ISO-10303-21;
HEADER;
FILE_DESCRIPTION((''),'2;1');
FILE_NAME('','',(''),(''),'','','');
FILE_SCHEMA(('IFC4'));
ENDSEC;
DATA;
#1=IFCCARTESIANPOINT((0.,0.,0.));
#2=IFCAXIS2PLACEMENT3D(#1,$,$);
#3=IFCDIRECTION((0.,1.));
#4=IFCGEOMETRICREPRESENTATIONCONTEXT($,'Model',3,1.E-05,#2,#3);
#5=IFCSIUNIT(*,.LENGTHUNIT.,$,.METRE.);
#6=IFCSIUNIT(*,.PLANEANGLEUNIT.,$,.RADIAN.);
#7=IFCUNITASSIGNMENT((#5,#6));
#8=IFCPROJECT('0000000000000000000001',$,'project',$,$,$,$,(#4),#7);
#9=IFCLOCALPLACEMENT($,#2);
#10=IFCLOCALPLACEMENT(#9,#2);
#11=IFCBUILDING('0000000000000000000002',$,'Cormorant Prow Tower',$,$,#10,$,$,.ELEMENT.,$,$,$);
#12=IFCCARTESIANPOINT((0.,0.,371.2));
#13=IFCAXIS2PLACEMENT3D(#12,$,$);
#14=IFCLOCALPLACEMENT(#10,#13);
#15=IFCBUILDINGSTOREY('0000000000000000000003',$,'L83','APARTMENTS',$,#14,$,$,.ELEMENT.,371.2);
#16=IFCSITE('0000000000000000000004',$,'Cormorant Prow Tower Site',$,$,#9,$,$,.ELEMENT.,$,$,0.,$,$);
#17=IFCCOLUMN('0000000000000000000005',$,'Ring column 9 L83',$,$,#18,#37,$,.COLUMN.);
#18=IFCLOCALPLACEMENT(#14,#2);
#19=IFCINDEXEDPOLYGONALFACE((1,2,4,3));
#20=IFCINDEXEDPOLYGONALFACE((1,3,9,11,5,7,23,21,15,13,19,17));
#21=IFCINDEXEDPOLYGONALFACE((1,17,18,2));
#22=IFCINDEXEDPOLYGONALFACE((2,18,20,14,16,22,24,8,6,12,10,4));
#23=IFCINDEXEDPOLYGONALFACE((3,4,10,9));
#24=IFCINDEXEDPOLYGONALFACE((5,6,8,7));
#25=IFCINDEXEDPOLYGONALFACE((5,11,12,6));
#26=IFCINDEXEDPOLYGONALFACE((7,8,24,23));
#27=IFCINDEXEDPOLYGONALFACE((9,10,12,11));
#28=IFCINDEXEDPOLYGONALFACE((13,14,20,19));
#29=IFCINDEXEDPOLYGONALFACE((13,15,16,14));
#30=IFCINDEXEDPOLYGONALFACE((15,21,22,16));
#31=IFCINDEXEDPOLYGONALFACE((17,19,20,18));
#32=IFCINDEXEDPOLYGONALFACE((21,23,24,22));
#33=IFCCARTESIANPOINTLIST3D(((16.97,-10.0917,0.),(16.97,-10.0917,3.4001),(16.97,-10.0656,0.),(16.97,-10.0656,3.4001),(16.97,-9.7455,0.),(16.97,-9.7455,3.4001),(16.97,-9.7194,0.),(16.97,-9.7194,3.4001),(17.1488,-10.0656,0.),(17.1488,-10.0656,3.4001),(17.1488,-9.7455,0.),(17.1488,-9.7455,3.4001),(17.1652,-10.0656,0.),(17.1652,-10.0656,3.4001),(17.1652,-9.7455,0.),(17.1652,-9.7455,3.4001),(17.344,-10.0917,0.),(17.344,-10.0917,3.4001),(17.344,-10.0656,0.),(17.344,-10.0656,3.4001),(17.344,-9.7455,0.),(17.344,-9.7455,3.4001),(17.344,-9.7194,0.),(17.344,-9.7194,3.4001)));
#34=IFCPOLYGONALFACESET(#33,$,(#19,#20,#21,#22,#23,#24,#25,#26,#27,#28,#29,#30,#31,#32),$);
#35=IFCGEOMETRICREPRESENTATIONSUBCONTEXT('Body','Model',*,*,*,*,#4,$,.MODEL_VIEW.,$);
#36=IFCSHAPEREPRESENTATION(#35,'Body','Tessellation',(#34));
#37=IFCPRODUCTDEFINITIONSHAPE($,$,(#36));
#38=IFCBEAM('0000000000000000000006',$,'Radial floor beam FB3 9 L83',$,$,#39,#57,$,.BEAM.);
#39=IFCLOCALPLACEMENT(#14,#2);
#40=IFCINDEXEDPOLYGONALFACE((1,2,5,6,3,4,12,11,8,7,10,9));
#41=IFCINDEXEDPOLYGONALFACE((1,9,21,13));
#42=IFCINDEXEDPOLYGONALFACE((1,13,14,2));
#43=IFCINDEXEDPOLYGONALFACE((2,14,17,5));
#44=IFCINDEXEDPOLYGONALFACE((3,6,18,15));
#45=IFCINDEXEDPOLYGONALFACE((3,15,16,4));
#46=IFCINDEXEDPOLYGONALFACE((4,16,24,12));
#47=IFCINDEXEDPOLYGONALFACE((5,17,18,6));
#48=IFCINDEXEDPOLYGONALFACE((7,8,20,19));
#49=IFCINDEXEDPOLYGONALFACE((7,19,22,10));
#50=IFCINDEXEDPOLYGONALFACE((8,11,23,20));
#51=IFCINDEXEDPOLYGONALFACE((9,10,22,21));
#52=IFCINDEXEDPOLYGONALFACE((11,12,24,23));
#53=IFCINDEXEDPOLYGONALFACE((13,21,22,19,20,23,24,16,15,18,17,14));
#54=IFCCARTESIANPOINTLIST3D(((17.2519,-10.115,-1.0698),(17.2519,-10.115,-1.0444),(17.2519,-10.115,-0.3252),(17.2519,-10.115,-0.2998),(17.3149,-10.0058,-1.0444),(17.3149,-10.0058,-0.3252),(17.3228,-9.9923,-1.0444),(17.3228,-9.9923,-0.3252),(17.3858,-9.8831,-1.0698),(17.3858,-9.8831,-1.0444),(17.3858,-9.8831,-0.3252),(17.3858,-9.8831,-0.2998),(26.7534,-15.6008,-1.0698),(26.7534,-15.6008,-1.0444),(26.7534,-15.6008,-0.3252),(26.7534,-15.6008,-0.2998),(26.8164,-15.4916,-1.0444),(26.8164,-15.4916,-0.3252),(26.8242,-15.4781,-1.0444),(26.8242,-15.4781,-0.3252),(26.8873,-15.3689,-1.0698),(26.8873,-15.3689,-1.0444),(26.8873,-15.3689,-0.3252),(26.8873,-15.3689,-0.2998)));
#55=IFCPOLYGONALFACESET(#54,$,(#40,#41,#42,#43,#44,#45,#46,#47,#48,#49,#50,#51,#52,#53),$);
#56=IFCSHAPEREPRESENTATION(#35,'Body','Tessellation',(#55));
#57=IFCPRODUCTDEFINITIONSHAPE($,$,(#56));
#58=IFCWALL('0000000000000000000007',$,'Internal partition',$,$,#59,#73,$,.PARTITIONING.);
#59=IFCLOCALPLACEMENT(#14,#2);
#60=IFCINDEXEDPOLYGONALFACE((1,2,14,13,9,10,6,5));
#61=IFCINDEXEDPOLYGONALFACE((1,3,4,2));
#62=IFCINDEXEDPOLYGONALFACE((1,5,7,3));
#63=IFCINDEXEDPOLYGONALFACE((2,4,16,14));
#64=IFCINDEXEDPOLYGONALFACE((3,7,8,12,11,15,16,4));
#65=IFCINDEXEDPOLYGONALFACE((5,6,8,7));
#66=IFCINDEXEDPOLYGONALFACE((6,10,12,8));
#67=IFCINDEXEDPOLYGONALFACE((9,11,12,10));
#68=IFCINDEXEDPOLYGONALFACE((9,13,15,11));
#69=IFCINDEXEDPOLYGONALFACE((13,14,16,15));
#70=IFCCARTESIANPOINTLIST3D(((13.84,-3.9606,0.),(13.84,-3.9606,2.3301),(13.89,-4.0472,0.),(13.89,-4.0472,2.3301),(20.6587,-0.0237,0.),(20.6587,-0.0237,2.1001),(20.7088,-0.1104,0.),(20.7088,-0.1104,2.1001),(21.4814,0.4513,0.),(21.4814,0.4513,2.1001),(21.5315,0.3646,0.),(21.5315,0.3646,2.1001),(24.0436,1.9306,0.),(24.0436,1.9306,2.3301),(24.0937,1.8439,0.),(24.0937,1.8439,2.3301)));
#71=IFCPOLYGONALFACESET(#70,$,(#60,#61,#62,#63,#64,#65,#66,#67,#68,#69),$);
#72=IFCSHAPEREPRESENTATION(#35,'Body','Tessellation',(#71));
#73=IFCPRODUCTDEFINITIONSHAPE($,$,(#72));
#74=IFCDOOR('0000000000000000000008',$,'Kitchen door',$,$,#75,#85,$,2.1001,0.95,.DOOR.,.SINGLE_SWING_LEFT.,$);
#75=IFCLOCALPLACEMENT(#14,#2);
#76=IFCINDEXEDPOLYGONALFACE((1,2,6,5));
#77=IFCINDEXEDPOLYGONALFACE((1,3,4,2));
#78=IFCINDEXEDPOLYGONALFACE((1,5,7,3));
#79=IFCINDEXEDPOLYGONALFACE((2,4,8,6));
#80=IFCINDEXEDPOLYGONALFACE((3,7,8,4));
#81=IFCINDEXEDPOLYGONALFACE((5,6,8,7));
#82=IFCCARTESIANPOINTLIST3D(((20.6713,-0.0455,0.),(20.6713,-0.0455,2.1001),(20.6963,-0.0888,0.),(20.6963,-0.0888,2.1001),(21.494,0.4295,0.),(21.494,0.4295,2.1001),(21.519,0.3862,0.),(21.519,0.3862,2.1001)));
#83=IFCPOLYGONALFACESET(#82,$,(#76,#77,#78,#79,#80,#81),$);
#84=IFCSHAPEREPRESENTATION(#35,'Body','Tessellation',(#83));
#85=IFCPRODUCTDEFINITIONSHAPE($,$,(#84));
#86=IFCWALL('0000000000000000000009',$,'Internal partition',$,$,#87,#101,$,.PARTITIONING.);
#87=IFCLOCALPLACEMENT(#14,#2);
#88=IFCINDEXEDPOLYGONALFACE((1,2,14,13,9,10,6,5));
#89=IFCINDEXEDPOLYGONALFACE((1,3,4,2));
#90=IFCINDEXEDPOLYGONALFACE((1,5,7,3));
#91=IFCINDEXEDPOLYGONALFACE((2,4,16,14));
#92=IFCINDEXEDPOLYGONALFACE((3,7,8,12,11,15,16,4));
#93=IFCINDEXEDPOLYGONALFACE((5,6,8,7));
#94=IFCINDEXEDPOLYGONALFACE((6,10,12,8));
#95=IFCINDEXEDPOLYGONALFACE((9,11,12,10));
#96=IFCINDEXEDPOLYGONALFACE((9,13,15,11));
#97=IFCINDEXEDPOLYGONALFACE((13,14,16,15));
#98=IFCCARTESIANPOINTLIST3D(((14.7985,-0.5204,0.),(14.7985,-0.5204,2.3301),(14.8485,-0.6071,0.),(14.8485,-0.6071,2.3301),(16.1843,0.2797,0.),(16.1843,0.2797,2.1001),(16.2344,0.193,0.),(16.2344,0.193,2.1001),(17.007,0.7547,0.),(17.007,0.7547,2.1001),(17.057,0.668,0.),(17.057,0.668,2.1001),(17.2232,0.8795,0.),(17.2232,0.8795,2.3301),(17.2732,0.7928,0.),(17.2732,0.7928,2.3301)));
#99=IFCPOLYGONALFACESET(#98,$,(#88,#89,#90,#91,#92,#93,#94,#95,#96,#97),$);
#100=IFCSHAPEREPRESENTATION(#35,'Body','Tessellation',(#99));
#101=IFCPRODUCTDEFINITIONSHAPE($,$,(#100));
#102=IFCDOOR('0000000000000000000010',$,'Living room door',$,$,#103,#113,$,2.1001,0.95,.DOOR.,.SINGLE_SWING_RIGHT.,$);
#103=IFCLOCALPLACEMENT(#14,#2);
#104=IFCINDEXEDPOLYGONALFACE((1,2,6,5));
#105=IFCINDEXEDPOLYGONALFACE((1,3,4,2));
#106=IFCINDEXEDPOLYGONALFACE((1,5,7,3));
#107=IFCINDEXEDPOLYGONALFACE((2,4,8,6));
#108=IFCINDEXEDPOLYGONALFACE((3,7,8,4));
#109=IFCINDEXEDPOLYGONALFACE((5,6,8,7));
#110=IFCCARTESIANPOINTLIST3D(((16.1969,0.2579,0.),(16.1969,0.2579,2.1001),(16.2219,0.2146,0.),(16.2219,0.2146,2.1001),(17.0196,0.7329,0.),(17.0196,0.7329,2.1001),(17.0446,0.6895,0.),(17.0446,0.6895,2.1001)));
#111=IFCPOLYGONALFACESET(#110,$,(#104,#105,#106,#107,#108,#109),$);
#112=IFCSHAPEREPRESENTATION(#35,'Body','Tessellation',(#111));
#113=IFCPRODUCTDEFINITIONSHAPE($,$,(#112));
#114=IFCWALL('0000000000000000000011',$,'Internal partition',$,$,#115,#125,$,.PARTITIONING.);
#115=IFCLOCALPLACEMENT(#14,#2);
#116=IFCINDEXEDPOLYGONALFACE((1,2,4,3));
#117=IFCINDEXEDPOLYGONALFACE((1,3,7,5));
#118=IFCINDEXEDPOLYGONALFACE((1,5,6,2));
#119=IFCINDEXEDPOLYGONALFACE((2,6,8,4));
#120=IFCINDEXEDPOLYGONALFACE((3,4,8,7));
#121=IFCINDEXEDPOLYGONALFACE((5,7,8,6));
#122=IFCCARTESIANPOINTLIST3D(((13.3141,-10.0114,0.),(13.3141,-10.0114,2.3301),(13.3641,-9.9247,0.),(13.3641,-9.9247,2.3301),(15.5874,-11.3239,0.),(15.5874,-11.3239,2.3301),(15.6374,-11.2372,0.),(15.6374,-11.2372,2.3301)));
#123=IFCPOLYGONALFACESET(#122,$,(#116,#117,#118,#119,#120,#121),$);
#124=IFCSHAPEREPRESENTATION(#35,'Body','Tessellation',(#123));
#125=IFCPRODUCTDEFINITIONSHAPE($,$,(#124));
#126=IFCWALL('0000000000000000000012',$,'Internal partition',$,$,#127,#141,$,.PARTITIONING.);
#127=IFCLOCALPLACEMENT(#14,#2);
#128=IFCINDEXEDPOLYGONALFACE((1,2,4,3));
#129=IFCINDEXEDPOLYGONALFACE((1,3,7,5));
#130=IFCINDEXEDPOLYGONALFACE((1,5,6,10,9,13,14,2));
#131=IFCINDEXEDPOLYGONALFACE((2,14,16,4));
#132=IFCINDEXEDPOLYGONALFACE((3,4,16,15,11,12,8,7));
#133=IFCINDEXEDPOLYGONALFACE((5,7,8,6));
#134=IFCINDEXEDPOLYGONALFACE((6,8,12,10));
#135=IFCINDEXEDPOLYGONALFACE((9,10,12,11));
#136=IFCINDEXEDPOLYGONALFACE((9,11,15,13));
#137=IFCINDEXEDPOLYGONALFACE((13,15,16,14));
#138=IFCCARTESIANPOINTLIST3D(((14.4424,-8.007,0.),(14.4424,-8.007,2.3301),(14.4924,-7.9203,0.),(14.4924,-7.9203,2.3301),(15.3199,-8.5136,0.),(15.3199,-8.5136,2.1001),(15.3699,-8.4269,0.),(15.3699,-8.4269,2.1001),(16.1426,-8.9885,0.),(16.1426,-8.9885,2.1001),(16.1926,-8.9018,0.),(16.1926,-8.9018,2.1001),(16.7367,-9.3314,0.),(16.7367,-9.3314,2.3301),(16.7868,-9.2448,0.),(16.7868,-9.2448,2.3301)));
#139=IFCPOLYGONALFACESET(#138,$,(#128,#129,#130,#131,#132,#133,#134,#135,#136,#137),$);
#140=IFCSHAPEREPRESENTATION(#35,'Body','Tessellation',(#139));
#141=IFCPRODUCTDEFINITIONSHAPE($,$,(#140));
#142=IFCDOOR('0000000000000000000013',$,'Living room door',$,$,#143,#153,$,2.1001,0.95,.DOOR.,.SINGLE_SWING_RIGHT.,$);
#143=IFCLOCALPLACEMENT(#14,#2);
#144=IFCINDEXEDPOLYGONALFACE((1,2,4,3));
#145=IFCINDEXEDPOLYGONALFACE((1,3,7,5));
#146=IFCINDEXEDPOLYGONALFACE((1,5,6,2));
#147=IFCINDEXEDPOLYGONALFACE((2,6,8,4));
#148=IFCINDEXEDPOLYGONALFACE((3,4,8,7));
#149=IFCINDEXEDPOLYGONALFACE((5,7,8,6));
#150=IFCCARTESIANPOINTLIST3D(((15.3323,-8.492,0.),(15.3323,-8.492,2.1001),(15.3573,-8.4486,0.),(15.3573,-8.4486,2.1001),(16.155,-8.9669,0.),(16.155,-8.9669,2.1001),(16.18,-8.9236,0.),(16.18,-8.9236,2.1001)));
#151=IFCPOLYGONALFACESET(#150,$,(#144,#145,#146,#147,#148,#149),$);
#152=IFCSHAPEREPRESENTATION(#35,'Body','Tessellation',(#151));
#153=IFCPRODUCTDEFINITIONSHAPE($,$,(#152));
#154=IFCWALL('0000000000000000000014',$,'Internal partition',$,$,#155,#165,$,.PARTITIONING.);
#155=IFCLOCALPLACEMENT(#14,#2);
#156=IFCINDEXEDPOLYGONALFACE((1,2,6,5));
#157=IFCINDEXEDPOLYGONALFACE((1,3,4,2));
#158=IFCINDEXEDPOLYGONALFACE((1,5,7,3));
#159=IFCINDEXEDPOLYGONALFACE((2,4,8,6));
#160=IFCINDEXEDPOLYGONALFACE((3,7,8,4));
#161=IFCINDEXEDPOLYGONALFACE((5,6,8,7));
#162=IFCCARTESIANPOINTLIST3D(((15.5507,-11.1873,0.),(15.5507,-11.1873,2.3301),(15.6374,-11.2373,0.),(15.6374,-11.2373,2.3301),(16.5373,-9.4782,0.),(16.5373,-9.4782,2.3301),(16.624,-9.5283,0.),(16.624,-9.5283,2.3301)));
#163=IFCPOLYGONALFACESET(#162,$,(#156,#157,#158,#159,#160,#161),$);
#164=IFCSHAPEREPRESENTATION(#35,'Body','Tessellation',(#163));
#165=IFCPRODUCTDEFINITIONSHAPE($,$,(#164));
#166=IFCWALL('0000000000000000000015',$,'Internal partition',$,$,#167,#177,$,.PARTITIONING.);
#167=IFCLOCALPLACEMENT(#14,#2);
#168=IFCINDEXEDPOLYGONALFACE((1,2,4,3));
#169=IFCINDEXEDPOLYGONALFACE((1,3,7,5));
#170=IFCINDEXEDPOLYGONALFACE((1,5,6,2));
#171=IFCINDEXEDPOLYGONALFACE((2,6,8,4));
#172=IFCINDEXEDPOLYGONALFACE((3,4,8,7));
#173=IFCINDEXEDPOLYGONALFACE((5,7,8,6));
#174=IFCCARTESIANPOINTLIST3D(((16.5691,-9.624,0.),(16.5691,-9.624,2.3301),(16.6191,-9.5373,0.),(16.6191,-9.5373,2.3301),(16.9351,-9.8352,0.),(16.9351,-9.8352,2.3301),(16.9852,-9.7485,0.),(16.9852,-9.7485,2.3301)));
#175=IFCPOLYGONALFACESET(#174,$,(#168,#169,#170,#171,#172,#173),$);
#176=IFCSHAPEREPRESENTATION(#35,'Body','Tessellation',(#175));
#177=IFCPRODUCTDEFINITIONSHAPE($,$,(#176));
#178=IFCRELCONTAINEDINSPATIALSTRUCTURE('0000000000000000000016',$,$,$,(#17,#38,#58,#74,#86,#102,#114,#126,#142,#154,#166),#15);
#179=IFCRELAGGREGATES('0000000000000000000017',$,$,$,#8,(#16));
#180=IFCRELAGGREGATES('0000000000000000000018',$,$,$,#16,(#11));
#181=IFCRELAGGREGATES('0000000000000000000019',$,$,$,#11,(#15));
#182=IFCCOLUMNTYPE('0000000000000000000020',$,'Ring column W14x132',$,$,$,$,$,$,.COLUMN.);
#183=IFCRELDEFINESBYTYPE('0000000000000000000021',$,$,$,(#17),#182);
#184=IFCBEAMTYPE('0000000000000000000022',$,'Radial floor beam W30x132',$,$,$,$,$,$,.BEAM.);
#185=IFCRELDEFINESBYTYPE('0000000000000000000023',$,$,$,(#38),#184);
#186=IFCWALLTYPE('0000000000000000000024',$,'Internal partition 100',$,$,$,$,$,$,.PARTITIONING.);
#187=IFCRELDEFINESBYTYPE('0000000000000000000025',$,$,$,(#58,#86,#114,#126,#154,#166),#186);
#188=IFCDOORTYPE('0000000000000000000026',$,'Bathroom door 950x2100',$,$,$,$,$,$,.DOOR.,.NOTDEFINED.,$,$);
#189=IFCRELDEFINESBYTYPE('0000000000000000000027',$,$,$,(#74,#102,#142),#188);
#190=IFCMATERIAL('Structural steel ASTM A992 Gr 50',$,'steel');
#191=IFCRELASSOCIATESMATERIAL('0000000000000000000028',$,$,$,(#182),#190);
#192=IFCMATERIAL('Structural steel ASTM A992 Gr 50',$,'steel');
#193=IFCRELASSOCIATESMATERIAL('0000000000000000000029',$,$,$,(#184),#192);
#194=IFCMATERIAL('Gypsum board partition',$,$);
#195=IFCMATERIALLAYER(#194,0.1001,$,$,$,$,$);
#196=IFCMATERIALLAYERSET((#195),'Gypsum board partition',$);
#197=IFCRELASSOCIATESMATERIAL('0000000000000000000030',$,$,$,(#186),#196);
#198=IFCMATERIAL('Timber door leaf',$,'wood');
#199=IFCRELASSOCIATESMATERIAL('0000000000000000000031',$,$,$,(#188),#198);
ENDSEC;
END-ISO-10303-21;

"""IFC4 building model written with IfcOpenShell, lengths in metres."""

from ifc_helpers import new_model, si_unit, direction, frame, frame_2d, origin, origin_2d, place, context, subcontext, project, spatial, rectangle, i_section, extrude, material, layer, layer_set, material_profile, profile_set, type_object, element, fill, save


model = new_model("IFC4")

# Units and contexts
model_context = context("Model", 3, precision=1e-05, world=origin(), true_north=direction((0.0, 1.0)))
body_context = subcontext(model_context, "Body", "Model", "MODEL_VIEW")
ifc_project = project(units=[si_unit("LENGTHUNIT", "METRE"), si_unit("PLANEANGLEUNIT", "RADIAN")], contexts=[model_context])

# Site, building, storey
site_placement = place(None, origin())
site = spatial("IfcSite", under=ifc_project, at=site_placement, Name="Cormorant Prow Tower Site", CompositionType="ELEMENT", RefElevation=0.0)
building_placement = place(site_placement, origin())
building = spatial("IfcBuilding", under=site, at=building_placement, Name="Cormorant Prow Tower", CompositionType="ELEMENT")
storey_placement = place(building_placement, frame((0.0, 0.0, 371.2)))
storey = spatial("IfcBuildingStorey", under=building, at=storey_placement, Name="L83", Description="APARTMENTS", CompositionType="ELEMENT", Elevation=371.2)

# Column
ifc_material_1 = material(Name="Structural steel ASTM A992 Gr 50", Category="steel")
ifc_material_profile_1 = material_profile(ifc_material_1, i_section(OverallWidth=0.374, OverallDepth=0.3723, WebThickness=0.0164, FlangeThickness=0.0261, at=origin_2d()), Name="W14x132")
ifc_profile_set_1 = profile_set([ifc_material_profile_1], Name="Structural steel ASTM A992 Gr 50")
column_type = type_object("IfcColumnType", Name="Ring column W14x132", PredefinedType="COLUMN", material=ifc_profile_set_1)
column_placement = place(storey_placement, frame((17.157, -9.9055, 0.0), z_axis=(0.0, 0.0, 1.0), x_axis=(1.0, 0.0, 0.0)))
element("IfcColumn", 1, at=column_placement, inside=storey, type_object=column_type, Name="Ring column 9 L83", PredefinedType="COLUMN", context=body_context, shape_type="SweptSolid", body=[
    extrude(i_section(OverallWidth=0.374, OverallDepth=0.3723, WebThickness=0.0164, FlangeThickness=0.0261, at=origin_2d()), origin(), (0.0, 0.0, 1.0), 3.4001),
])

# Beam
ifc_material_2 = material(Name="Structural steel ASTM A992 Gr 50", Category="steel")
ifc_material_profile_2 = material_profile(ifc_material_2, i_section(OverallWidth=0.2678, OverallDepth=0.77, WebThickness=0.0156, FlangeThickness=0.0254, at=origin_2d()), Name="W30x132")
ifc_profile_set_2 = profile_set([ifc_material_profile_2], Name="Structural steel ASTM A992 Gr 50")
beam_type = type_object("IfcBeamType", Name="Radial floor beam W30x132", PredefinedType="BEAM", material=ifc_profile_set_2)
beam_placement = place(storey_placement, frame((17.3188, -9.999, -0.6848), z_axis=(0.866019, -0.500011, 0.0), x_axis=(0.500011, 0.866019, 0.0)))
element("IfcBeam", 2, at=beam_placement, inside=storey, type_object=beam_type, Name="Radial floor beam FB3 9 L83", PredefinedType="BEAM", context=body_context, shape_type="SweptSolid", body=[
    extrude(i_section(OverallWidth=0.2678, OverallDepth=0.77, WebThickness=0.0156, FlangeThickness=0.0254, at=origin_2d()), origin(), (0.0, 0.0, 1.0), 10.9714),
])

# Walls, openings, doors
ifc_material_3 = material(Name="Gypsum board partition")
ifc_layer_1 = layer(ifc_material_3, 0.1001)
ifc_layer_set_1 = layer_set([ifc_layer_1], Name="Gypsum board partition")
wall_type_1 = type_object("IfcWallType", Name="Internal partition 100", PredefinedType="PARTITIONING", material=ifc_layer_set_1)
wall_1_placement = place(storey_placement, frame((13.865, -4.0039, 0.0), z_axis=(0.0, 0.0, 1.0), x_axis=(0.866023, 0.500003, 0.0)))
wall_1 = element("IfcWall", 3, at=wall_1_placement, inside=storey, type_object=wall_type_1, Name="Internal partition", PredefinedType="PARTITIONING", context=body_context, shape_type="SweptSolid", body=[
    extrude(rectangle(XDim=11.7822, YDim=0.1001, at=frame_2d((5.8911, 0.0))), origin(), (0.0, 0.0, 1.0), 2.3301),
])
opening_1_placement = place(wall_1_placement, frame((7.8735, 0.0, 0.0)))
opening_1 = element("IfcOpeningElement", 4, at=opening_1_placement, cuts=wall_1, PredefinedType="OPENING", context=body_context, shape_type="SweptSolid", body=[
    extrude(rectangle(XDim=0.95, YDim=2.1001, at=frame_2d((0.4751, 1.05))), frame((0.0, 0.0601, 0.0), z_axis=(0.0, -1.0, 0.0), x_axis=(1.0, 0.0, 0.0)), (0.0, 0.0, 1.0), 0.1201),
])
ifc_material_4 = material(Name="Timber door leaf", Category="wood")
door_type = type_object("IfcDoorType", Name="Bathroom door 950x2100", OperationType="NOTDEFINED", PredefinedType="DOOR", material=ifc_material_4)
door_1_placement = place(opening_1_placement, origin())
door_1 = element("IfcDoor", 5, at=door_1_placement, inside=storey, type_object=door_type, Name="Kitchen door", OperationType="SINGLE_SWING_LEFT", OverallHeight=2.1001, OverallWidth=0.95, PredefinedType="DOOR", context=body_context, shape_type="SweptSolid", body=[
    extrude(rectangle(XDim=0.95, YDim=2.1001, at=frame_2d((0.4751, 1.05))), frame((0.0, 0.0249, 0.0), z_axis=(0.0, -1.0, 0.0), x_axis=(1.0, 0.0, 0.0)), (0.0, 0.0, 1.0), 0.05),
])
fill(opening_1, door_1)
wall_2_placement = place(storey_placement, frame((14.8235, -0.5637, 0.0), z_axis=(0.0, 0.0, 1.0), x_axis=(0.866035, 0.499984, 0.0)))
wall_2 = element("IfcWall", 6, at=wall_2_placement, inside=storey, type_object=wall_type_1, Name="Internal partition", PredefinedType="PARTITIONING", context=body_context, shape_type="SweptSolid", body=[
    extrude(rectangle(XDim=2.7998, YDim=0.1001, at=frame_2d((1.3999, 0.0))), origin(), (0.0, 0.0, 1.0), 2.3301),
])
opening_2_placement = place(wall_2_placement, frame((1.6001, 0.0, 0.0)))
opening_2 = element("IfcOpeningElement", 7, at=opening_2_placement, cuts=wall_2, PredefinedType="OPENING", context=body_context, shape_type="SweptSolid", body=[
    extrude(rectangle(XDim=0.95, YDim=2.1001, at=frame_2d((0.4751, 1.05))), frame((0.0, 0.0601, 0.0), z_axis=(0.0, -1.0, 0.0), x_axis=(1.0, 0.0, 0.0)), (0.0, 0.0, 1.0), 0.1201),
])
door_2_placement = place(opening_2_placement, origin())
door_2 = element("IfcDoor", 8, at=door_2_placement, inside=storey, type_object=door_type, Name="Living room door", OperationType="SINGLE_SWING_RIGHT", OverallHeight=2.1001, OverallWidth=0.95, PredefinedType="DOOR", context=body_context, shape_type="SweptSolid", body=[
    extrude(rectangle(XDim=0.95, YDim=2.1001, at=frame_2d((0.4751, 1.05))), frame((0.0, 0.0249, 0.0), z_axis=(0.0, -1.0, 0.0), x_axis=(1.0, 0.0, 0.0)), (0.0, 0.0, 1.0), 0.05),
])
fill(opening_2, door_2)

# Wall
wall_3_placement = place(storey_placement, frame((13.3391, -9.968, 0.0), z_axis=(0.0, 0.0, 1.0), x_axis=(0.866014, -0.50002, 0.0)))
element("IfcWall", 9, at=wall_3_placement, inside=storey, type_object=wall_type_1, Name="Internal partition", PredefinedType="PARTITIONING", context=body_context, shape_type="SweptSolid", body=[
    extrude(rectangle(XDim=2.625, YDim=0.1001, at=frame_2d((1.3125, 0.0))), origin(), (0.0, 0.0, 1.0), 2.3301),
])

# Wall, opening, door
wall_4_placement = place(storey_placement, frame((14.4673, -7.9636, 0.0), z_axis=(0.0, 0.0, 1.0), x_axis=(0.866063, -0.499935, 0.0)))
wall_4 = element("IfcWall", 10, at=wall_4_placement, inside=storey, type_object=wall_type_1, Name="Internal partition", PredefinedType="PARTITIONING", context=body_context, shape_type="SweptSolid", body=[
    extrude(rectangle(XDim=2.6492, YDim=0.1001, at=frame_2d((1.3247, 0.0))), origin(), (0.0, 0.0, 1.0), 2.3301),
])
opening_3_placement = place(wall_4_placement, frame((1.0132, 0.0, 0.0)))
opening_3 = element("IfcOpeningElement", 11, at=opening_3_placement, cuts=wall_4, PredefinedType="OPENING", context=body_context, shape_type="SweptSolid", body=[
    extrude(rectangle(XDim=0.95, YDim=2.1001, at=frame_2d((0.4751, 1.05))), frame((0.0, 0.0601, 0.0), z_axis=(0.0, -1.0, 0.0), x_axis=(1.0, 0.0, 0.0)), (0.0, 0.0, 1.0), 0.1201),
])
door_3_placement = place(opening_3_placement, origin())
door_3 = element("IfcDoor", 12, at=door_3_placement, inside=storey, type_object=door_type, Name="Living room door", OperationType="SINGLE_SWING_RIGHT", OverallHeight=2.1001, OverallWidth=0.95, PredefinedType="DOOR", context=body_context, shape_type="SweptSolid", body=[
    extrude(rectangle(XDim=0.95, YDim=2.1001, at=frame_2d((0.4751, 1.05))), frame((0.0, 0.0249, 0.0), z_axis=(0.0, -1.0, 0.0), x_axis=(1.0, 0.0, 0.0)), (0.0, 0.0, 1.0), 0.05),
])
fill(opening_3, door_3)

# Walls
wall_5_placement = place(storey_placement, frame((15.594, -11.2124, 0.0), z_axis=(0.0, 0.0, 1.0), x_axis=(0.499958, 0.86605, 0.0)))
element("IfcWall", 13, at=wall_5_placement, inside=storey, type_object=wall_type_1, Name="Internal partition", PredefinedType="PARTITIONING", context=body_context, shape_type="SweptSolid", body=[
    extrude(rectangle(XDim=1.9734, YDim=0.1001, at=frame_2d((0.9868, 0.0))), origin(), (0.0, 0.0, 1.0), 2.3301),
])
wall_6_placement = place(storey_placement, frame((16.594, -9.5806, 0.0), z_axis=(0.0, 0.0, 1.0), x_axis=(0.866137, -0.499806, 0.0)))
element("IfcWall", 14, at=wall_6_placement, inside=storey, type_object=wall_type_1, Name="Internal partition", PredefinedType="PARTITIONING", context=body_context, shape_type="SweptSolid", body=[
    extrude(rectangle(XDim=0.4226, YDim=0.1001, at=frame_2d((0.2114, 0.0))), origin(), (0.0, 0.0, 1.0), 2.3301),
])

save(model, "model.ifc")
